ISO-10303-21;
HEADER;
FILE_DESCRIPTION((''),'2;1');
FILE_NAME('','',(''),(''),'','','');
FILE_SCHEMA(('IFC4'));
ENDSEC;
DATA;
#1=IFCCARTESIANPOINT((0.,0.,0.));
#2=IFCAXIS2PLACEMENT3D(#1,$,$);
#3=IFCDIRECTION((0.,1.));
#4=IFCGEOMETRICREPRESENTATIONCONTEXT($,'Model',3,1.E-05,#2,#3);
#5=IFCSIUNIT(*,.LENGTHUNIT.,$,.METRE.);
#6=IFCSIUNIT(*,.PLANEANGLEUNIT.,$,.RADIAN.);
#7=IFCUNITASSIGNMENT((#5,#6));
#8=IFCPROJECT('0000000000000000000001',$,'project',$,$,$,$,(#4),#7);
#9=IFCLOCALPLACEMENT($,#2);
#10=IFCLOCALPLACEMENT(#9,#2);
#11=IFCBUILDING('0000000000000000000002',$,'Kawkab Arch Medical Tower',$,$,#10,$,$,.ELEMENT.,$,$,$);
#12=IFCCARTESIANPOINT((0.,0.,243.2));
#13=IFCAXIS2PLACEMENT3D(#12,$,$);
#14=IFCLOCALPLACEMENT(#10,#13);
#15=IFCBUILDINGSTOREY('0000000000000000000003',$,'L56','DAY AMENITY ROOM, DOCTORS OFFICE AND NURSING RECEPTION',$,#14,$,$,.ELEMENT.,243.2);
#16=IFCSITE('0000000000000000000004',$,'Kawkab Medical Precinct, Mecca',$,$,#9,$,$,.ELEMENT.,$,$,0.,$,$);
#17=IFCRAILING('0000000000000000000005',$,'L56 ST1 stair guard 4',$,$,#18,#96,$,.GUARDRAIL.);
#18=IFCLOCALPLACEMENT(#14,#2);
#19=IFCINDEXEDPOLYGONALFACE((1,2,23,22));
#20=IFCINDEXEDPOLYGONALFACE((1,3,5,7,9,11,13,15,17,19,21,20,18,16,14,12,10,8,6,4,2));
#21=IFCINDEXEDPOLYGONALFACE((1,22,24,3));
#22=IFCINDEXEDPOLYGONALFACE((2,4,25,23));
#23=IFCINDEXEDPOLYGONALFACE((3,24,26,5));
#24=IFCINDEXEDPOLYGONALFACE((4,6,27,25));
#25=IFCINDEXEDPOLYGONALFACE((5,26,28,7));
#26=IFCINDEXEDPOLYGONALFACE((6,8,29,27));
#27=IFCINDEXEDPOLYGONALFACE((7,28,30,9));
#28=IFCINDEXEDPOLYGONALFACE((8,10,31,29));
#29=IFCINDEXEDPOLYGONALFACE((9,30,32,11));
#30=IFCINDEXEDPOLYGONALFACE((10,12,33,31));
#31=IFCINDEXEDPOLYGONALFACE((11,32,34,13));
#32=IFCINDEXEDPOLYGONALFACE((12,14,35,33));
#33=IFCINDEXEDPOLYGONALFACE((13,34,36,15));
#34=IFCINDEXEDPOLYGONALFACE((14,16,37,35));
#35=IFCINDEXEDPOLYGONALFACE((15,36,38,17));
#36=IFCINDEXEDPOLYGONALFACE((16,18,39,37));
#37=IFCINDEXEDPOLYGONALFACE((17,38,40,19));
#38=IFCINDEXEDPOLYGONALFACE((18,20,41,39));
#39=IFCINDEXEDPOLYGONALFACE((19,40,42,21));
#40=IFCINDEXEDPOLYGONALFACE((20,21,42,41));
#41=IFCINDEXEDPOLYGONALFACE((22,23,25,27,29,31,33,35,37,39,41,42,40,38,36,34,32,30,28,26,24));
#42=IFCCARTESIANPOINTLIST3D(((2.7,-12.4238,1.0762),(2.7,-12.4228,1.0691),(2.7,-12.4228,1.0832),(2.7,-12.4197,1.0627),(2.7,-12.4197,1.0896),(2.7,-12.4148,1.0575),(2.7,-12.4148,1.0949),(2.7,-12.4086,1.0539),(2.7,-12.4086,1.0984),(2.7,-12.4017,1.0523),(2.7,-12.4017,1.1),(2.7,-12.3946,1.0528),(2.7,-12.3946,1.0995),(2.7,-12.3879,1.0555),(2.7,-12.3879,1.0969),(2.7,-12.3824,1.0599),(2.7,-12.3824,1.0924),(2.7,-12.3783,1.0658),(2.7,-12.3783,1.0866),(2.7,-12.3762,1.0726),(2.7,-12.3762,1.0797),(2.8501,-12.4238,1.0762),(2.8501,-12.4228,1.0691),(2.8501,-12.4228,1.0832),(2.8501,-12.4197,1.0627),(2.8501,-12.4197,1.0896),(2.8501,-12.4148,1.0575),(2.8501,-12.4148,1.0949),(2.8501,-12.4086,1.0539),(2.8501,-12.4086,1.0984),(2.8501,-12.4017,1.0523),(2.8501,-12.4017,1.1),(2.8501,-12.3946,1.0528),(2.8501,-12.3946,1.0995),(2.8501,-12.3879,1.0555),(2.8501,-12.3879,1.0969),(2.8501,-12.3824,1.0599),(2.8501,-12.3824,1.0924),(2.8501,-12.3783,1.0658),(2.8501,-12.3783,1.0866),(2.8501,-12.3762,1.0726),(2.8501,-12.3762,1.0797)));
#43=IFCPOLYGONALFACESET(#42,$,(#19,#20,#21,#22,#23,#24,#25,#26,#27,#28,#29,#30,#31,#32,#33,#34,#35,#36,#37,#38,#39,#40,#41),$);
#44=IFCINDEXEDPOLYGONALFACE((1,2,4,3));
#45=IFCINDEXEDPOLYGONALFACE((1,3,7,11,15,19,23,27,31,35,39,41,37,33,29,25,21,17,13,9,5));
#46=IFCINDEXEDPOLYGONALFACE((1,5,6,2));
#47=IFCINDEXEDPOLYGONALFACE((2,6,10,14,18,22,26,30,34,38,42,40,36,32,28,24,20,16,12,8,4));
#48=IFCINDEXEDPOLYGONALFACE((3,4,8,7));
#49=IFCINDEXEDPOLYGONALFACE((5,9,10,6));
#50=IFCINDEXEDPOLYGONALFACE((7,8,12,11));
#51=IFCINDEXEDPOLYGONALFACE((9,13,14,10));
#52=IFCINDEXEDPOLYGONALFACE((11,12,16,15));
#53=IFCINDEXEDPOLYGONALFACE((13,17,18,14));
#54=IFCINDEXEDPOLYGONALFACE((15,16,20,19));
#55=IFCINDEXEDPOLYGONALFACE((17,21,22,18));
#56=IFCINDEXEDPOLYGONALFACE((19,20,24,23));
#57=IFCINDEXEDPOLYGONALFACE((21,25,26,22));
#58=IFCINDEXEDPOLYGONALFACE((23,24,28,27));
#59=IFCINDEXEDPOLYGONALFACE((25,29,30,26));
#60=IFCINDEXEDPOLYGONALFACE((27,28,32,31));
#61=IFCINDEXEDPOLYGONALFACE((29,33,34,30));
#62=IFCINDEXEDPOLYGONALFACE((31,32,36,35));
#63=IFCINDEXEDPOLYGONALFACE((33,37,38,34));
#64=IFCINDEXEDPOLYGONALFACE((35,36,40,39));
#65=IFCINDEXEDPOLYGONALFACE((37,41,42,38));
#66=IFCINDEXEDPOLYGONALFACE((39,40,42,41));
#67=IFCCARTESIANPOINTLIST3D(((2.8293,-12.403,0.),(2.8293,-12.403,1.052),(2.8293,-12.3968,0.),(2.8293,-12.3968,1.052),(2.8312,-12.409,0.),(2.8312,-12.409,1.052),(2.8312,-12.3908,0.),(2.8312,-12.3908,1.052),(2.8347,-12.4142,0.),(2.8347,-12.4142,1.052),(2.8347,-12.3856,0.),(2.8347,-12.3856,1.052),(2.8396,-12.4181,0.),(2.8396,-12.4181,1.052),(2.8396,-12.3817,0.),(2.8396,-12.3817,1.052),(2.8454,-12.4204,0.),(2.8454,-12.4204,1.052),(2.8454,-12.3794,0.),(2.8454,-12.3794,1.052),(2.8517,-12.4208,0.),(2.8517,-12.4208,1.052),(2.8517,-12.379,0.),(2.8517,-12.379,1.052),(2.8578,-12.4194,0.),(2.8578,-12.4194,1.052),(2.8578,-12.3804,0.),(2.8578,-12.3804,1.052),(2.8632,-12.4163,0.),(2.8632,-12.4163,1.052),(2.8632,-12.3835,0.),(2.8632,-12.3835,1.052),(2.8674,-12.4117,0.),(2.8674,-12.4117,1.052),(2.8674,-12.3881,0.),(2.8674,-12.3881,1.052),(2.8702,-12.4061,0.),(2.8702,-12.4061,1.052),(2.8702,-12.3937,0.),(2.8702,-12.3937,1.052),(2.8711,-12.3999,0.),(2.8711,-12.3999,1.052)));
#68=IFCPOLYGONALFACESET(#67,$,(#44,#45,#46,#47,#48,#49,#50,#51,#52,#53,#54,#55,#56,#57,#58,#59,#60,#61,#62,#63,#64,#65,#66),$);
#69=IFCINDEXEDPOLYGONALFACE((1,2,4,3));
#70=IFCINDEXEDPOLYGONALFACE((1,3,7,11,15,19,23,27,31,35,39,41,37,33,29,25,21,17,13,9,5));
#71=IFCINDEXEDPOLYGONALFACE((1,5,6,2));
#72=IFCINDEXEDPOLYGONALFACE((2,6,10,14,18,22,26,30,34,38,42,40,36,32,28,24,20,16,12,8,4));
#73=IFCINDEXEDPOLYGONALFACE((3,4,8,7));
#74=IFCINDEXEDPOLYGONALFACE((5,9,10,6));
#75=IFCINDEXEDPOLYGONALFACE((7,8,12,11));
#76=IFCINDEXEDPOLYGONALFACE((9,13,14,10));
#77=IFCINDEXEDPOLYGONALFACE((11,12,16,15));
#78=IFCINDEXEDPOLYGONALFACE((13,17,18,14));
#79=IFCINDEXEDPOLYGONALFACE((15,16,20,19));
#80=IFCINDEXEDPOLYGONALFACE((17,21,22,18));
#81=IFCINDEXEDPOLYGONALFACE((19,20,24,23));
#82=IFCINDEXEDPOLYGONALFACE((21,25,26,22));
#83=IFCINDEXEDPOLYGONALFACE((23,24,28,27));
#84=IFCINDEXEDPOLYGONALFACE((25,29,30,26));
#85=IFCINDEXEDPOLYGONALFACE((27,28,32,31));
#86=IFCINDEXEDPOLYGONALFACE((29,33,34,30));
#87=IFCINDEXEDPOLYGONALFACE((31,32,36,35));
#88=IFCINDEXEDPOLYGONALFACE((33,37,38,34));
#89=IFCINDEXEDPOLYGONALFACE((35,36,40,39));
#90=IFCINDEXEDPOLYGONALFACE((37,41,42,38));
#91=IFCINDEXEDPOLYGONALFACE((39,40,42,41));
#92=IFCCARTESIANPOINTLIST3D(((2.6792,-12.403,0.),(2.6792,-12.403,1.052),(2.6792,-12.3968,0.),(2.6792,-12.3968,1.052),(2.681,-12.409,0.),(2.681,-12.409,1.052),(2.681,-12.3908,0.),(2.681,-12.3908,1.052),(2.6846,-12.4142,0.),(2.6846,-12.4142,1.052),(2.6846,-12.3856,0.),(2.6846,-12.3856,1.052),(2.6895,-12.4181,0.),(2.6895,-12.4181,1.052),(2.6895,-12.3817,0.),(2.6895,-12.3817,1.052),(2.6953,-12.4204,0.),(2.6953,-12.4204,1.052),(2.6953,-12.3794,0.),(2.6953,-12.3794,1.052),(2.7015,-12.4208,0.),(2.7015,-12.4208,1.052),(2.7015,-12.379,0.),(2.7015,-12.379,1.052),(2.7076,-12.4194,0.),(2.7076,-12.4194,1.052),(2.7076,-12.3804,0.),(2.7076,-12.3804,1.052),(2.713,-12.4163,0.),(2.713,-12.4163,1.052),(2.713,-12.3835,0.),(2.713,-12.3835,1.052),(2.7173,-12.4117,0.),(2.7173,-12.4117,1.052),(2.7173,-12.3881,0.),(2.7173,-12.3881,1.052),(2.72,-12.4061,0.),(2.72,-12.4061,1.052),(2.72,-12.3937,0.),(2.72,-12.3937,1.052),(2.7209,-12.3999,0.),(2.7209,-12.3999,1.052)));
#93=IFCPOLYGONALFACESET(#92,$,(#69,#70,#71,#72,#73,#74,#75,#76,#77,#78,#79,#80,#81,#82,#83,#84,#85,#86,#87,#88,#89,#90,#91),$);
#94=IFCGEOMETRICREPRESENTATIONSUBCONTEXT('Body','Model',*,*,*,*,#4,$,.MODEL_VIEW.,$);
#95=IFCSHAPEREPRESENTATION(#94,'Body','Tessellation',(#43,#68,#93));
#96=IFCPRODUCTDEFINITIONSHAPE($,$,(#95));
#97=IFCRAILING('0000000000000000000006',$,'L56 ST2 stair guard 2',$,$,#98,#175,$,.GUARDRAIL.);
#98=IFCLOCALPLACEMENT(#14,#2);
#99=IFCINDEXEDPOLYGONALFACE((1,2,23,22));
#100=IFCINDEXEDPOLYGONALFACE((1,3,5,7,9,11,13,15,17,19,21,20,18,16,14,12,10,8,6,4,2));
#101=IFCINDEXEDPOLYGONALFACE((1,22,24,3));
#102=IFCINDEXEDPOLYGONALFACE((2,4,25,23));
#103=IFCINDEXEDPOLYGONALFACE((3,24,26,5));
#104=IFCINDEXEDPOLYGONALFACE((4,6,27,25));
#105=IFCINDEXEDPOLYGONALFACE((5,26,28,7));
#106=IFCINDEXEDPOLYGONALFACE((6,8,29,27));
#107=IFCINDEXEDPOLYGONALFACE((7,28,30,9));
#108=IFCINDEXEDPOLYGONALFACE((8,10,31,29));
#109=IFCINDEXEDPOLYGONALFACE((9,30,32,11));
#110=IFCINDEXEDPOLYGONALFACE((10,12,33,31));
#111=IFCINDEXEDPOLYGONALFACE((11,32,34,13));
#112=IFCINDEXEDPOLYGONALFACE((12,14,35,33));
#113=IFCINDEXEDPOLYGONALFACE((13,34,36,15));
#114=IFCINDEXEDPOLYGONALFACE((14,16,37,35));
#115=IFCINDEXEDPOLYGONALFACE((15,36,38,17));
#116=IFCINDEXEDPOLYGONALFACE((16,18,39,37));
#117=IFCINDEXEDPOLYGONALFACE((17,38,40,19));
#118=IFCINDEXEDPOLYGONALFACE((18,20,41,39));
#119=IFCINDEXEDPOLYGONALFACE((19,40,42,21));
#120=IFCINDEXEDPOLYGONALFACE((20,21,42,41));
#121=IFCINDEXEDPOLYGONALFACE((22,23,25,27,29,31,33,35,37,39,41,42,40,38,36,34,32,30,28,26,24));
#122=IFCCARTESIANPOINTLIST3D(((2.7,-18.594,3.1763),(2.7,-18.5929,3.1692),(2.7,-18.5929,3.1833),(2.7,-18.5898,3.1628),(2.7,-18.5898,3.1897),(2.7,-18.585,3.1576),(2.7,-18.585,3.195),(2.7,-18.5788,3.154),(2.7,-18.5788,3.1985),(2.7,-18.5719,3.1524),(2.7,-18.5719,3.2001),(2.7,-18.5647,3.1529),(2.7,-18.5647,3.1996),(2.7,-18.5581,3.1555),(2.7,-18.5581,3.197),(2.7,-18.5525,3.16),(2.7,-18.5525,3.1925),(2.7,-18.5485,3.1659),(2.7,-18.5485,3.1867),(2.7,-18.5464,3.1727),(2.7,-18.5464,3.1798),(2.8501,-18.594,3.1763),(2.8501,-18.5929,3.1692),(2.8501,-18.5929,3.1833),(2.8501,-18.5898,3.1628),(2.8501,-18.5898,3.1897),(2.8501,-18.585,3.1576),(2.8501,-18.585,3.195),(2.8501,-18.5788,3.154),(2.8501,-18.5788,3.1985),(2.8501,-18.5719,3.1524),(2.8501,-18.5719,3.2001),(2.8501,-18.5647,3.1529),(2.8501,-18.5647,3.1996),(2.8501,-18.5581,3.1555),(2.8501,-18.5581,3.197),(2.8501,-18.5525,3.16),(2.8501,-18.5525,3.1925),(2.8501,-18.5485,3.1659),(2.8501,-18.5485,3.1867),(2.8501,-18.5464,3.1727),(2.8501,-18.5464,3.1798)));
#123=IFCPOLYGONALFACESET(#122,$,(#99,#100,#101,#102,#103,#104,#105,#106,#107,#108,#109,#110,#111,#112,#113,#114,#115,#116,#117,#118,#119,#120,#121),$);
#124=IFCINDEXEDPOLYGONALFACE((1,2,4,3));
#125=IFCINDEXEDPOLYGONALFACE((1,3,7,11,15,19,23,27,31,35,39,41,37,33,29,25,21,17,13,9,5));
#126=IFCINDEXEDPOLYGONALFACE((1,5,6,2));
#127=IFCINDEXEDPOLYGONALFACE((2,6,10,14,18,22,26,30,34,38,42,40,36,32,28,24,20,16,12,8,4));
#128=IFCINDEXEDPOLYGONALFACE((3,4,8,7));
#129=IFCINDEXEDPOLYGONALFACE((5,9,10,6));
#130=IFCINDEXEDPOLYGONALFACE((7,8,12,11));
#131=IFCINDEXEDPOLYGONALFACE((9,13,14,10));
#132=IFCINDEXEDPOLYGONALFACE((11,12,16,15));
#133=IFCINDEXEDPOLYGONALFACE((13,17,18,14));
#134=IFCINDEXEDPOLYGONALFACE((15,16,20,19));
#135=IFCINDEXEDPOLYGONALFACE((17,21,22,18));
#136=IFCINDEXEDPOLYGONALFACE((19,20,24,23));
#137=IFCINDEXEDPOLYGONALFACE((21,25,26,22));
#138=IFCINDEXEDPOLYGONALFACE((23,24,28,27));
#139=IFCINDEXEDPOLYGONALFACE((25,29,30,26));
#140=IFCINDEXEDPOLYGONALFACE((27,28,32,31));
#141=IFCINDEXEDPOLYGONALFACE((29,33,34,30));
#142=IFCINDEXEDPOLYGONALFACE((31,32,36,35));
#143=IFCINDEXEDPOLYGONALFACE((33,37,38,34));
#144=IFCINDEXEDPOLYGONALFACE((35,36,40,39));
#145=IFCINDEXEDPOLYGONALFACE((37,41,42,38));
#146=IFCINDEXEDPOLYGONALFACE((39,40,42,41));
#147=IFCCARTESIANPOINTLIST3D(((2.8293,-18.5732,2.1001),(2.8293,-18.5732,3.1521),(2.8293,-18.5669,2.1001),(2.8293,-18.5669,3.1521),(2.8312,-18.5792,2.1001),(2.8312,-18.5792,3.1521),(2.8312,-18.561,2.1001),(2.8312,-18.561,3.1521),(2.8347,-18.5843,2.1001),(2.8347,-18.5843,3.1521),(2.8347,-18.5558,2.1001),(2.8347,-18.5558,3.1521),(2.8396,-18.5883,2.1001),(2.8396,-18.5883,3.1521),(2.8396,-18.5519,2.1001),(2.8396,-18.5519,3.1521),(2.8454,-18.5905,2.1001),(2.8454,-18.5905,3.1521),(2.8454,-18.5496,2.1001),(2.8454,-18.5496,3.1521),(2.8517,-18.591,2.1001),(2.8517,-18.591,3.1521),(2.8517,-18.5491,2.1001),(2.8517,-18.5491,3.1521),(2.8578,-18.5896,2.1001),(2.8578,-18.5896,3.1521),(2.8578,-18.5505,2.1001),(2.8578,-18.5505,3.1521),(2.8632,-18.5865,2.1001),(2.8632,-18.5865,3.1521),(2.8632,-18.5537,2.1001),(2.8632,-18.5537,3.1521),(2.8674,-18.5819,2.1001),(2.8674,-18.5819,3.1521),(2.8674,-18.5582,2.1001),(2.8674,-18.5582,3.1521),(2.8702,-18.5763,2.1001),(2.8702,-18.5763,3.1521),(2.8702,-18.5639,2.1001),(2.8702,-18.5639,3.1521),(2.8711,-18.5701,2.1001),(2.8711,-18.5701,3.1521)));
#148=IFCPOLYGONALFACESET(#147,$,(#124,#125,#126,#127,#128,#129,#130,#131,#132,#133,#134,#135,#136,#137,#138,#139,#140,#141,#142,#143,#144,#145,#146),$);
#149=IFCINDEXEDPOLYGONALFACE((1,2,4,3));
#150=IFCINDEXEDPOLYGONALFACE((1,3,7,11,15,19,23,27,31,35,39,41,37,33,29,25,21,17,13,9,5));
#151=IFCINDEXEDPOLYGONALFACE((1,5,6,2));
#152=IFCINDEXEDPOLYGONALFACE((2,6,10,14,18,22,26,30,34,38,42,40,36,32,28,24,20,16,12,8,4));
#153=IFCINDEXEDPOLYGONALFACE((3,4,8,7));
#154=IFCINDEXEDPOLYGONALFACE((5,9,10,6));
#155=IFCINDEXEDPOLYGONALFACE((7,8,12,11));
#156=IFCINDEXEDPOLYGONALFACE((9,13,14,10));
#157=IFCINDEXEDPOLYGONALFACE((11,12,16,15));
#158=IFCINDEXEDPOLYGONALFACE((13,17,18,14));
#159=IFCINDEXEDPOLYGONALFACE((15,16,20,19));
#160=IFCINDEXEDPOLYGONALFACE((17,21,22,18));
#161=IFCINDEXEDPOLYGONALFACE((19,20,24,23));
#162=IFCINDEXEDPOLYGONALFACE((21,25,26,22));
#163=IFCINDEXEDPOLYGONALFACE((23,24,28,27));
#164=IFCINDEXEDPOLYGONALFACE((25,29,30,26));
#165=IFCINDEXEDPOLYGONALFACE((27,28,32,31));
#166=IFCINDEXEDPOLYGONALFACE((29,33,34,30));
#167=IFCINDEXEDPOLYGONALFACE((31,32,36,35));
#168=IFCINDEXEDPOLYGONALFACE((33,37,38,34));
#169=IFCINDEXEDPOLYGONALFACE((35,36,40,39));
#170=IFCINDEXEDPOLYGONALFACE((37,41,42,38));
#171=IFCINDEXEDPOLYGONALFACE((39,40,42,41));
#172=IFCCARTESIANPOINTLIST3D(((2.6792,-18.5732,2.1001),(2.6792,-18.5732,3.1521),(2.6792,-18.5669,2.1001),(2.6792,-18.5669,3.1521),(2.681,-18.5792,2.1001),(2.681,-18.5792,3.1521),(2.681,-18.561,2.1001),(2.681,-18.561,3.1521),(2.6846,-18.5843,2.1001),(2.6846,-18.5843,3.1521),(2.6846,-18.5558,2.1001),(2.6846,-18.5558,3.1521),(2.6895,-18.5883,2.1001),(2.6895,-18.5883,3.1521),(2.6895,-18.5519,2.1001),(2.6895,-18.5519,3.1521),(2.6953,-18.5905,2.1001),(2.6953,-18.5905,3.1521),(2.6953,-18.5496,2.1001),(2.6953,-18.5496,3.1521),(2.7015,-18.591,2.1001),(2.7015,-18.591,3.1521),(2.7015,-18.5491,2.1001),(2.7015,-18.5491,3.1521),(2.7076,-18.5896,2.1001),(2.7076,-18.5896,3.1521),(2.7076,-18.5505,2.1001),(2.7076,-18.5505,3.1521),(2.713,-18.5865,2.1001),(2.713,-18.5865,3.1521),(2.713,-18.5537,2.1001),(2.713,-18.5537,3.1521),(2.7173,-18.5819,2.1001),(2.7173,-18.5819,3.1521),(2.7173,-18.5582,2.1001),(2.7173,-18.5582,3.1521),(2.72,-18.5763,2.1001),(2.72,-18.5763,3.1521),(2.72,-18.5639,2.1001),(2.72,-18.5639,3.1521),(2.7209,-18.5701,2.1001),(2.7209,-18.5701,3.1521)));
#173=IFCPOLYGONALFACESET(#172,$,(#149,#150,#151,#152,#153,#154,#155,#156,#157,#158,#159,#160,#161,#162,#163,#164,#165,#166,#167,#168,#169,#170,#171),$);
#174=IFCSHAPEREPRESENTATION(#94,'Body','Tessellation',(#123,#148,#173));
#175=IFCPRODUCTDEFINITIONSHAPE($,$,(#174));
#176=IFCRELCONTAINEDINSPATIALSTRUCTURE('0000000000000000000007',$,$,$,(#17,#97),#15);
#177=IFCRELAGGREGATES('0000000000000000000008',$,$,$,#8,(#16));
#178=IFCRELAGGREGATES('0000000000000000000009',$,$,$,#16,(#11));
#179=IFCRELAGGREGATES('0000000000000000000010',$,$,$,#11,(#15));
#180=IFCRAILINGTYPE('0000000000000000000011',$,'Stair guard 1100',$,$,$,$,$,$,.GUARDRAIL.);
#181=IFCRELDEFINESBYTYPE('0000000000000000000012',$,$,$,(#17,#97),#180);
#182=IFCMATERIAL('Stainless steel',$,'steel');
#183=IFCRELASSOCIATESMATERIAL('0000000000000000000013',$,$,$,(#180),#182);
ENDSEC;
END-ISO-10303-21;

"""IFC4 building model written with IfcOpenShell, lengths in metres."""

from ifc_helpers import new_model, si_unit, direction, frame, origin, origin_2d, place, context, subcontext, project, spatial, circle, extrude, material, type_object, element, save


model = new_model("IFC4")

# Units and contexts
model_context = context("Model", 3, precision=1e-05, world=origin(), true_north=direction((0.0, 1.0)))
body_context = subcontext(model_context, "Body", "Model", "MODEL_VIEW")
ifc_project = project(units=[si_unit("LENGTHUNIT", "METRE"), si_unit("PLANEANGLEUNIT", "RADIAN")], contexts=[model_context])

# Site, building, storey
site_placement = place(None, origin())
site = spatial("IfcSite", under=ifc_project, at=site_placement, Name="Kawkab Medical Precinct, Mecca", CompositionType="ELEMENT", RefElevation=0.0)
building_placement = place(site_placement, origin())
building = spatial("IfcBuilding", under=site, at=building_placement, Name="Kawkab Arch Medical Tower", CompositionType="ELEMENT")
storey_placement = place(building_placement, frame((0.0, 0.0, 243.2)))
storey = spatial("IfcBuildingStorey", under=building, at=storey_placement, Name="L56", Description="DAY AMENITY ROOM, DOCTORS OFFICE AND NURSING RECEPTION", CompositionType="ELEMENT", Elevation=243.2)

# Railings
ifc_material_1 = material(Name="Stainless steel", Category="steel")
railing_type_1 = type_object("IfcRailingType", Name="Stair guard 1100", PredefinedType="GUARDRAIL", material=ifc_material_1)
for number, where, name in (
    (1, (2.8501, -12.3999, 0.0), "L56 ST1 stair guard 4"),
    (2, (2.8501, -18.5701, 2.1001), "L56 ST2 stair guard 2"),
):
    element("IfcRailing", number, at=place(storey_placement, frame(where)), inside=storey, type_object=railing_type_1, Name=name, PredefinedType="GUARDRAIL", context=body_context, shape_type="SweptSolid", body=[
        extrude(circle(Radius=0.0239, at=origin_2d()), frame((0.0, 0.0, 1.0762), z_axis=(-1.0, 0.0, 0.0), x_axis=(0.0, -1.0, 0.0)), (0.0, 0.0, 1.0), 0.1501),
        extrude(circle(Radius=0.021, at=origin_2d()), origin(), (0.0, 0.0, 1.0), 1.052),
        extrude(circle(Radius=0.021, at=origin_2d()), frame((-0.1501, 0.0, 0.0)), (0.0, 0.0, 1.0), 1.052),
    ])

save(model, "model.ifc")
